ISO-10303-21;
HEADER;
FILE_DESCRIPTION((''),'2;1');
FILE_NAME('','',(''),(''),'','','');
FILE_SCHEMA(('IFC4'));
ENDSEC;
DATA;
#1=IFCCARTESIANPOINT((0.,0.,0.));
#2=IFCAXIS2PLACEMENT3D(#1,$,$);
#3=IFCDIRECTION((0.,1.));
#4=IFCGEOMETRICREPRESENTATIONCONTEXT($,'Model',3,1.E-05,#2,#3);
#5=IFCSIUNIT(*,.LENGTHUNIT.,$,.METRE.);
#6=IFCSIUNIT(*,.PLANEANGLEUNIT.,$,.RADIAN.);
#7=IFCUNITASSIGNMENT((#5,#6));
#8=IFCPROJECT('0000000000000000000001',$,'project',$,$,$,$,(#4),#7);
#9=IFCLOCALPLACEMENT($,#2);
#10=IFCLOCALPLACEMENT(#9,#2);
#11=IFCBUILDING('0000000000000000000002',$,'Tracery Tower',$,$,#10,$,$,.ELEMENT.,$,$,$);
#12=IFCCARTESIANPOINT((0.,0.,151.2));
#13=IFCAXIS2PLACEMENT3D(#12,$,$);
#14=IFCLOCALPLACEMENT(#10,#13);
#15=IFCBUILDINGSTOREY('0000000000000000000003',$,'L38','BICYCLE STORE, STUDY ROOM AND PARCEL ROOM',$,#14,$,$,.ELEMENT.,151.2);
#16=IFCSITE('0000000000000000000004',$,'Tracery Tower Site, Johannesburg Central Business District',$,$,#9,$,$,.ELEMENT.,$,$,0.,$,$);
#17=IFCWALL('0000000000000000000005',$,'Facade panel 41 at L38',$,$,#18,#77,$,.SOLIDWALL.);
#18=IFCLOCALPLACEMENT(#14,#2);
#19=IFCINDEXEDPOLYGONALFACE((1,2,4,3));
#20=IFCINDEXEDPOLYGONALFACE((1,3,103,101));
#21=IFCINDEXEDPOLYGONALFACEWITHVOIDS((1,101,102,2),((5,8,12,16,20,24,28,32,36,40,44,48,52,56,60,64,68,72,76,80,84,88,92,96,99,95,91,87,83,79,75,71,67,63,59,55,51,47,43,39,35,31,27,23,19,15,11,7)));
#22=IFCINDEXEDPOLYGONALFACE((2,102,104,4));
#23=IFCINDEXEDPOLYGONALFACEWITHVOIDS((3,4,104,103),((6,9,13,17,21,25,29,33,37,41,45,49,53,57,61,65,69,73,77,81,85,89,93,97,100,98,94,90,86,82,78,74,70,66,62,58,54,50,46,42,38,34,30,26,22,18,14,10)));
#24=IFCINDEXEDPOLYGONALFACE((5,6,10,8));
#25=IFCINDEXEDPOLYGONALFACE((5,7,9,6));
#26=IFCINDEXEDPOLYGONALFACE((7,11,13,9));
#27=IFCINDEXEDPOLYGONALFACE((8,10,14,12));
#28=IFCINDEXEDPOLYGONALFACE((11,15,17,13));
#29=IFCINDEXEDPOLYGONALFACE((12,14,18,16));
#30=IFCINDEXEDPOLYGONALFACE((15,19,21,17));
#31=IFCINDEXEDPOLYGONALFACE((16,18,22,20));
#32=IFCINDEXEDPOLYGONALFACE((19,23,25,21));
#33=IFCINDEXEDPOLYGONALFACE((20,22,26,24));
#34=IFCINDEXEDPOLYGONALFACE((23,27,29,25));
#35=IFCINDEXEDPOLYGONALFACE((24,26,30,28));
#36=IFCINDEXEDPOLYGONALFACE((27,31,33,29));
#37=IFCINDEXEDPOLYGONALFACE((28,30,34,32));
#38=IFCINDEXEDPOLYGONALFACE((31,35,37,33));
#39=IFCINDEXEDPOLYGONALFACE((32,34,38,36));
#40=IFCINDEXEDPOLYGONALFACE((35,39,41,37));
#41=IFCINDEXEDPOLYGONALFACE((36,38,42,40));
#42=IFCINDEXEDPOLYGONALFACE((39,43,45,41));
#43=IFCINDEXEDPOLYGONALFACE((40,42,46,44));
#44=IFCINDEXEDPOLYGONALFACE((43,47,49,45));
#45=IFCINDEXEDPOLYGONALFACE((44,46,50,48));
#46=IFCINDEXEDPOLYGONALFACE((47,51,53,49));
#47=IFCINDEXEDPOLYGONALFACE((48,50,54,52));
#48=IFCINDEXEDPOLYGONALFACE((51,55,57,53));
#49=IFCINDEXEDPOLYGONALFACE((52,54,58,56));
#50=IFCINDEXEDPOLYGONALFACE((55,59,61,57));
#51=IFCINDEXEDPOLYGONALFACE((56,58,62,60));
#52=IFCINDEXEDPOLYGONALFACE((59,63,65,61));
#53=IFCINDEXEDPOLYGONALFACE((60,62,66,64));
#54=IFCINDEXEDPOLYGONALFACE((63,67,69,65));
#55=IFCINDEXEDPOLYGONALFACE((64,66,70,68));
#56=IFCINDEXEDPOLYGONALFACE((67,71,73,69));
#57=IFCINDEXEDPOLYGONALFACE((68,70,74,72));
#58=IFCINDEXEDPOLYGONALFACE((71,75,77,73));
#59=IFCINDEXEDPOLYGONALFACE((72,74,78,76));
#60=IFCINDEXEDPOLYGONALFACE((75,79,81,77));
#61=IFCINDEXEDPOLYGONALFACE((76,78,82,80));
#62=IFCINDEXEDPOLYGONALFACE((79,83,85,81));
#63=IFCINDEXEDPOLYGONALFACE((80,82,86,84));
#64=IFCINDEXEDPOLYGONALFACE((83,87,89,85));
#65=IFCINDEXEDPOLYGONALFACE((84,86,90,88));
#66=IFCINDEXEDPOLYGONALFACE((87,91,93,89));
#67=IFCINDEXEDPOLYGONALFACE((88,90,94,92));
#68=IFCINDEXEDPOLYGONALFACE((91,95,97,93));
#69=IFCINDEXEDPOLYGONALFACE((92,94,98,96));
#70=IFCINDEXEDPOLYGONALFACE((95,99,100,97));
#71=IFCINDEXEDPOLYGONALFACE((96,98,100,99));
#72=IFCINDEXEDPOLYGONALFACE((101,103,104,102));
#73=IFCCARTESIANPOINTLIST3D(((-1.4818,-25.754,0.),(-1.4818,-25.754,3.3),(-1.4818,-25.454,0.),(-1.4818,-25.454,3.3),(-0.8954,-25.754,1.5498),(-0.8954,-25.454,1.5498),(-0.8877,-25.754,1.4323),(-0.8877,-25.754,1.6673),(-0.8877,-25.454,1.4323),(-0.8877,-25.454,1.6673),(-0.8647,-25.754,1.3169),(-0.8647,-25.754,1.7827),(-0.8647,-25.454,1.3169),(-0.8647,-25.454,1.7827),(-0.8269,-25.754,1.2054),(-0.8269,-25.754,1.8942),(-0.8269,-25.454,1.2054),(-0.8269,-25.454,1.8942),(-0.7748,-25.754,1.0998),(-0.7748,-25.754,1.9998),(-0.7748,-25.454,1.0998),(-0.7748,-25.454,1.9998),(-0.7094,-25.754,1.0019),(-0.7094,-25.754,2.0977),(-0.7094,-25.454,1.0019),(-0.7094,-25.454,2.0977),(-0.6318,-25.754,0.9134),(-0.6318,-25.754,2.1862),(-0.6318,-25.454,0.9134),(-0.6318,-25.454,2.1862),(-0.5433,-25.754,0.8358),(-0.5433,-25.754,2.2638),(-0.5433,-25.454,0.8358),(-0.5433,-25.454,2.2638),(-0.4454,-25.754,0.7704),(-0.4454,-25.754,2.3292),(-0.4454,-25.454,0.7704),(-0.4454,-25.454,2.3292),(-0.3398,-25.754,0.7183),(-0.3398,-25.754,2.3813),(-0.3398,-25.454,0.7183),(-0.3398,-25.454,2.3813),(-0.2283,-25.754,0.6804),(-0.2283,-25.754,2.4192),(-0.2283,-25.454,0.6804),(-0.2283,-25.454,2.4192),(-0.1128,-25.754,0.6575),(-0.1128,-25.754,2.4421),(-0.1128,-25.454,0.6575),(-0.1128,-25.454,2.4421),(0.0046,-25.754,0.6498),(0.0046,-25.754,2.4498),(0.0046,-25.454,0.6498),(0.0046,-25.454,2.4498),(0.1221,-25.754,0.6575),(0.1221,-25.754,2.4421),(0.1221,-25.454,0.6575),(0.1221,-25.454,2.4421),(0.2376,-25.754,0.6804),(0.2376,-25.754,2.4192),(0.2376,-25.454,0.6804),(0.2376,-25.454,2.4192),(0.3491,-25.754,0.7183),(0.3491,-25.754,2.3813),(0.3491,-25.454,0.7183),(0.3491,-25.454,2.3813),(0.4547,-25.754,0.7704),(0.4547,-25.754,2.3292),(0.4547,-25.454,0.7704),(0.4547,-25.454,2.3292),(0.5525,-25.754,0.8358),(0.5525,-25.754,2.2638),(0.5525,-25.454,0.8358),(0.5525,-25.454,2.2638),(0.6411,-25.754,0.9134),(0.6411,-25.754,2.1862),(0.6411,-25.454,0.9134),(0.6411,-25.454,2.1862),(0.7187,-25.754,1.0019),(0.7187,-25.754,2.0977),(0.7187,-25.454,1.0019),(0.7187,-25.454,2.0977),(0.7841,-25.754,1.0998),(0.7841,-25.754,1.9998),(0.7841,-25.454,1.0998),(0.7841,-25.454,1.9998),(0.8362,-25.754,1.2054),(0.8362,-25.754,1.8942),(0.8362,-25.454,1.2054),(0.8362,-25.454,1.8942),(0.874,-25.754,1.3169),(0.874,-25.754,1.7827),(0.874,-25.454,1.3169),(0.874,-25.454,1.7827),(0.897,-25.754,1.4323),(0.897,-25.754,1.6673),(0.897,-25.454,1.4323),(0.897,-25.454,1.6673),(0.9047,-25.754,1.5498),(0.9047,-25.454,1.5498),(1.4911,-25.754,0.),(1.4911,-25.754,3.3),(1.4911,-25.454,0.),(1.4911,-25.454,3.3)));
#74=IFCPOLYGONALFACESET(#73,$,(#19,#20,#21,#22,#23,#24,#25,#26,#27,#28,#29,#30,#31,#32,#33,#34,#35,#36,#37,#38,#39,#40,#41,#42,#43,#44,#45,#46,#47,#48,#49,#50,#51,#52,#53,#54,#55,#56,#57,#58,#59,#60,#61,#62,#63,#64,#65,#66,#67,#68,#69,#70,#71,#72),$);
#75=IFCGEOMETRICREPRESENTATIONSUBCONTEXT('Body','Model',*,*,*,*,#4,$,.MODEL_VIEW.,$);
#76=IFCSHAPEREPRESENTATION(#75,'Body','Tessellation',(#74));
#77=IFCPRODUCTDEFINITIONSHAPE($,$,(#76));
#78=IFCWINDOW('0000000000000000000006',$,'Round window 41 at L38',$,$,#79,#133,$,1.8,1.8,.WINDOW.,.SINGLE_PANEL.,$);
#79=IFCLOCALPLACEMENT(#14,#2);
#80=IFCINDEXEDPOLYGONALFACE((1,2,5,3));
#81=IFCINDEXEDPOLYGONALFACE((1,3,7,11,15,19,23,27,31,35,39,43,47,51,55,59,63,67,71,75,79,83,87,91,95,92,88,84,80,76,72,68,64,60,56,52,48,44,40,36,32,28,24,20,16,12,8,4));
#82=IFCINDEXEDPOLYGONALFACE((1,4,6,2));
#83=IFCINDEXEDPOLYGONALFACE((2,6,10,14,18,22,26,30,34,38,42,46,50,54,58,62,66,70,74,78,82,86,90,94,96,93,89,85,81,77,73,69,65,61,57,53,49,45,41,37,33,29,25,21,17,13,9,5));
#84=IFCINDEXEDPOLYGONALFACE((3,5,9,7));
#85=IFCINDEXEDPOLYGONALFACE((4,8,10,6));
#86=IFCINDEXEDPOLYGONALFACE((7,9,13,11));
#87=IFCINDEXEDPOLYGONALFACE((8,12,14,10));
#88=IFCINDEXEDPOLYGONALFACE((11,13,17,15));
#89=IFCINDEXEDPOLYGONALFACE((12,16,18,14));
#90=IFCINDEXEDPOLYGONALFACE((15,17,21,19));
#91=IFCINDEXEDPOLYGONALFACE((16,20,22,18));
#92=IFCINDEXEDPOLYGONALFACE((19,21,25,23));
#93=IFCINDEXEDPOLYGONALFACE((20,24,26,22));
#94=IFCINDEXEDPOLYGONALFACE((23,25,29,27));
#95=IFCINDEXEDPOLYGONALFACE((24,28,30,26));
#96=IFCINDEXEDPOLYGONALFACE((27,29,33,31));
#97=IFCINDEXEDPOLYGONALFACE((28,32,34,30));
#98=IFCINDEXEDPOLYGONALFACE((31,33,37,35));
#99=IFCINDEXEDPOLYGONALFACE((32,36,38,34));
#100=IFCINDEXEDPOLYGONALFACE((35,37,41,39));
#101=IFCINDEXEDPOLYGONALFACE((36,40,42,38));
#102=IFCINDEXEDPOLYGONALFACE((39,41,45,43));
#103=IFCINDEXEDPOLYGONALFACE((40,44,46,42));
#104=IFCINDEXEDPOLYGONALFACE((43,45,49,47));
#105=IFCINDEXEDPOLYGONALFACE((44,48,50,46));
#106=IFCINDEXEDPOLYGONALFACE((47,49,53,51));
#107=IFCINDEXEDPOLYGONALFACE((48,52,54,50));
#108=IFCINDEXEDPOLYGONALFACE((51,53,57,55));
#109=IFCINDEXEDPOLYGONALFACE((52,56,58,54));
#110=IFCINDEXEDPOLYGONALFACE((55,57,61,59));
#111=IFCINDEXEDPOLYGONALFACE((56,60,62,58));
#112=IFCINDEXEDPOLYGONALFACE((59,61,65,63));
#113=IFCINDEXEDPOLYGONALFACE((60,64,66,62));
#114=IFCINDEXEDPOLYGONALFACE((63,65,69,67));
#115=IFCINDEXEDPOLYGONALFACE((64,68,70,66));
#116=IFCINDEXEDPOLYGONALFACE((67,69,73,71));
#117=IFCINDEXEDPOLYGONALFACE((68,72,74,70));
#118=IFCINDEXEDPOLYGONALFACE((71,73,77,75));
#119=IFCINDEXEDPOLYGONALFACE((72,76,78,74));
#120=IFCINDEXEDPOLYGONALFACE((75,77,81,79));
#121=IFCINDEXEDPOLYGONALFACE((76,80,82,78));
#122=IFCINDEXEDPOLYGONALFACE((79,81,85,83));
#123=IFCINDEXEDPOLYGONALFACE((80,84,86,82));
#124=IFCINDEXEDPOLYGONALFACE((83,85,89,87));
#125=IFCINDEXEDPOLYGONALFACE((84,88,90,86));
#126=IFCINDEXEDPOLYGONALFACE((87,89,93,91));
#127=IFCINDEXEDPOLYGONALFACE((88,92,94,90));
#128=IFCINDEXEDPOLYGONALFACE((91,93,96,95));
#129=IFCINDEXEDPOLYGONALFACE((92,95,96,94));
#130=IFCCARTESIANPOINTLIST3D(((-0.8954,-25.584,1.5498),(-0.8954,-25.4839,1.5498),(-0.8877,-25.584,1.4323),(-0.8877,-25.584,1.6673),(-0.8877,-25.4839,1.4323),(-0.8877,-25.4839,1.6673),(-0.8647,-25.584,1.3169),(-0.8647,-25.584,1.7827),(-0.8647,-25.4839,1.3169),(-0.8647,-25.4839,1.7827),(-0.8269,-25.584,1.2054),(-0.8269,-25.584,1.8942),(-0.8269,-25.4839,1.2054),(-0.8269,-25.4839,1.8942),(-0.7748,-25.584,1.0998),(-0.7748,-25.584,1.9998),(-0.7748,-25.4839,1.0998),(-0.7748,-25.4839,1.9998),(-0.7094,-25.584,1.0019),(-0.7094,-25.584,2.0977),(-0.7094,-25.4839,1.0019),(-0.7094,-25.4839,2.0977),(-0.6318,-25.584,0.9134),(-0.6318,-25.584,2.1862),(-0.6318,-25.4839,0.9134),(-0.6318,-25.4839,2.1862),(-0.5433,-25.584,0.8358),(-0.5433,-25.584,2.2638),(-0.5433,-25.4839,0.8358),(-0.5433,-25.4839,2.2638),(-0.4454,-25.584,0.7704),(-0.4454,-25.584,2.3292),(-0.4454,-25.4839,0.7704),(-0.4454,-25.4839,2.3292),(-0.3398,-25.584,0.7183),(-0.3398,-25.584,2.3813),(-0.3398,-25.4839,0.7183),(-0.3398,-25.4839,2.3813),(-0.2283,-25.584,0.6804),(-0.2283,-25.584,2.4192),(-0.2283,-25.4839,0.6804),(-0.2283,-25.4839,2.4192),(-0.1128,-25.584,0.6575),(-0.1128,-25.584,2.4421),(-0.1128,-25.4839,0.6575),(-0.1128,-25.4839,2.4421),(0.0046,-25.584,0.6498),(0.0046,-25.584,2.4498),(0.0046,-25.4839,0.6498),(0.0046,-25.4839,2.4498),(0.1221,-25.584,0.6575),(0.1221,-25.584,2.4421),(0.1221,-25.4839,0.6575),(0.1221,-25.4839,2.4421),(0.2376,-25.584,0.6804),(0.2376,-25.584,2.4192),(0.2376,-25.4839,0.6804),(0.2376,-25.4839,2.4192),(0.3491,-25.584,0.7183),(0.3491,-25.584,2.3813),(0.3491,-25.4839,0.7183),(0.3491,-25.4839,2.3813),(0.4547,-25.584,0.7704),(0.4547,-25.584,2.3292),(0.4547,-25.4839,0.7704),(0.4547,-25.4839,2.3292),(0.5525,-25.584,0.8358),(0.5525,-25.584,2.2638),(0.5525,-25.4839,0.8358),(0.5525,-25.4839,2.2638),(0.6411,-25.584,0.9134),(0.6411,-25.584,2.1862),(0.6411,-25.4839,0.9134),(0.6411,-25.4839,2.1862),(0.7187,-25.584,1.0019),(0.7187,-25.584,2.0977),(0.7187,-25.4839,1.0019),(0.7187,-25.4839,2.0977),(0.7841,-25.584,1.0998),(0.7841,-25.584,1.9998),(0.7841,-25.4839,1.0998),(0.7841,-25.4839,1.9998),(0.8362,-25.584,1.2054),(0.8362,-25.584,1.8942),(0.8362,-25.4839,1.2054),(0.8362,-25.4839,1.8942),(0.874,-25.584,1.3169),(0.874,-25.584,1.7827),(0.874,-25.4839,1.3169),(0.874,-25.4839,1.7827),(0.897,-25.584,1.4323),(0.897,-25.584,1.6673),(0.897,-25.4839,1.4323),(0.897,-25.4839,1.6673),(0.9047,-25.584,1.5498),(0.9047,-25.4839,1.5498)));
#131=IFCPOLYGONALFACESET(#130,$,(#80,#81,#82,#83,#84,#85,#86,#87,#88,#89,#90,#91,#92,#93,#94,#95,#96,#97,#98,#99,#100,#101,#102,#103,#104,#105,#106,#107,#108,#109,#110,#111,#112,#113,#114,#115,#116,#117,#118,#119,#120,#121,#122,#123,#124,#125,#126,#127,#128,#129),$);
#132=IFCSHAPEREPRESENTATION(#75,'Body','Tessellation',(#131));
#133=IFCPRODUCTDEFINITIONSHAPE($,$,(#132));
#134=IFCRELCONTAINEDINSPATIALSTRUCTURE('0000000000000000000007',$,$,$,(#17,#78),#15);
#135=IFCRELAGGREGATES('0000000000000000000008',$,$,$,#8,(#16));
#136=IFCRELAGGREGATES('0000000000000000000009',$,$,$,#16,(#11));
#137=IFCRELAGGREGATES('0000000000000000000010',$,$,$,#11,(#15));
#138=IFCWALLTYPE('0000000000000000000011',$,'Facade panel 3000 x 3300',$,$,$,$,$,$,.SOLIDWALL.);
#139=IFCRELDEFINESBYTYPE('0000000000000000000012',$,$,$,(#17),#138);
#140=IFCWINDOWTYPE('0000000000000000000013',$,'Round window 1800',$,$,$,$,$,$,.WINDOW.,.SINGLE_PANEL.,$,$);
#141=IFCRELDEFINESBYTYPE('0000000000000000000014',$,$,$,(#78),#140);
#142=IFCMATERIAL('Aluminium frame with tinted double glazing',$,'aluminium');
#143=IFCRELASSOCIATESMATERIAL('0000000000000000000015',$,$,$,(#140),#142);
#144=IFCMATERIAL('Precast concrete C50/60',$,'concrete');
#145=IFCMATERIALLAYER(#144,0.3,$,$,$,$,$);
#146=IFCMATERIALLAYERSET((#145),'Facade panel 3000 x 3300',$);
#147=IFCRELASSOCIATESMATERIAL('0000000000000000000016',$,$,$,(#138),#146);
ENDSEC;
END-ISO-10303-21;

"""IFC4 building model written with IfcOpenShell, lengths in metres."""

from ifc_helpers import new_model, si_unit, direction, frame, frame_2d, origin, origin_2d, place, context, subcontext, project, spatial, rectangle, circle, extrude, material, layer, layer_set, type_object, element, fill, save


model = new_model("IFC4")

# Units and contexts
model_context = context("Model", 3, precision=1e-05, world=origin(), true_north=direction((0.0, 1.0)))
body_context = subcontext(model_context, "Body", "Model", "MODEL_VIEW")
ifc_project = project(units=[si_unit("LENGTHUNIT", "METRE"), si_unit("PLANEANGLEUNIT", "RADIAN")], contexts=[model_context])

# Site, building, storey
site_placement = place(None, origin())
site = spatial("IfcSite", under=ifc_project, at=site_placement, Name="Tracery Tower Site, Johannesburg Central Business District", CompositionType="ELEMENT", RefElevation=0.0)
building_placement = place(site_placement, origin())
building = spatial("IfcBuilding", under=site, at=building_placement, Name="Tracery Tower", CompositionType="ELEMENT")
storey_placement = place(building_placement, frame((0.0, 0.0, 151.2)))
storey = spatial("IfcBuildingStorey", under=building, at=storey_placement, Name="L38", Description="BICYCLE STORE, STUDY ROOM AND PARCEL ROOM", CompositionType="ELEMENT", Elevation=151.2)

# Wall, opening, window
ifc_material_1 = material(Name="Aluminium frame with tinted double glazing", Category="aluminium")
window_type = type_object("IfcWindowType", Name="Round window 1800", PartitioningType="SINGLE_PANEL", PredefinedType="WINDOW", material=ifc_material_1)
ifc_material_2 = material(Name="Precast concrete C50/60", Category="concrete")
ifc_layer_1 = layer(ifc_material_2, 0.3)
ifc_layer_set_1 = layer_set([ifc_layer_1], Name="Facade panel 3000 x 3300")
wall_type_1 = type_object("IfcWallType", Name="Facade panel 3000 x 3300", PredefinedType="SOLIDWALL", material=ifc_layer_set_1)
wall_1_placement = place(storey_placement, frame((-1.4817, -25.604, 0.0), z_axis=(0.0, 0.0, 1.0), x_axis=(1.0, 0.0, 0.0)))
wall_1 = element("IfcWall", 1, at=wall_1_placement, inside=storey, type_object=wall_type_1, Name="Facade panel 41 at L38", PredefinedType="SOLIDWALL", context=body_context, shape_type="SweptSolid", body=[
    extrude(rectangle(XDim=2.9729, YDim=0.3, at=frame_2d((1.4863, 0.0))), origin(), (0.0, 0.0, 1.0), 3.3),
])
opening_1_placement = place(wall_1_placement, frame((1.4863, 0.0, 1.5498)))
opening_1 = element("IfcOpeningElement", 2, at=opening_1_placement, cuts=wall_1, PredefinedType="OPENING", context=body_context, shape_type="SweptSolid", body=[
    extrude(circle(Radius=0.9, at=origin_2d()), frame((0.0, 0.1599, 0.0), z_axis=(0.0, -1.0, 0.0), x_axis=(1.0, 0.0, 0.0)), (0.0, 0.0, 1.0), 0.3201),
])
window_1_placement = place(opening_1_placement, origin())
window_1 = element("IfcWindow", 3, at=window_1_placement, inside=storey, type_object=window_type, Name="Round window 41 at L38", OverallHeight=1.8, OverallWidth=1.8, PartitioningType="SINGLE_PANEL", PredefinedType="WINDOW", context=body_context, shape_type="SweptSolid", body=[
    extrude(circle(Radius=0.9, at=origin_2d()), frame((0.0, 0.1201, 0.0), z_axis=(0.0, -1.0, 0.0), x_axis=(1.0, 0.0, 0.0)), (0.0, 0.0, 1.0), 0.1001),
])
fill(opening_1, window_1)

save(model, "model.ifc")
